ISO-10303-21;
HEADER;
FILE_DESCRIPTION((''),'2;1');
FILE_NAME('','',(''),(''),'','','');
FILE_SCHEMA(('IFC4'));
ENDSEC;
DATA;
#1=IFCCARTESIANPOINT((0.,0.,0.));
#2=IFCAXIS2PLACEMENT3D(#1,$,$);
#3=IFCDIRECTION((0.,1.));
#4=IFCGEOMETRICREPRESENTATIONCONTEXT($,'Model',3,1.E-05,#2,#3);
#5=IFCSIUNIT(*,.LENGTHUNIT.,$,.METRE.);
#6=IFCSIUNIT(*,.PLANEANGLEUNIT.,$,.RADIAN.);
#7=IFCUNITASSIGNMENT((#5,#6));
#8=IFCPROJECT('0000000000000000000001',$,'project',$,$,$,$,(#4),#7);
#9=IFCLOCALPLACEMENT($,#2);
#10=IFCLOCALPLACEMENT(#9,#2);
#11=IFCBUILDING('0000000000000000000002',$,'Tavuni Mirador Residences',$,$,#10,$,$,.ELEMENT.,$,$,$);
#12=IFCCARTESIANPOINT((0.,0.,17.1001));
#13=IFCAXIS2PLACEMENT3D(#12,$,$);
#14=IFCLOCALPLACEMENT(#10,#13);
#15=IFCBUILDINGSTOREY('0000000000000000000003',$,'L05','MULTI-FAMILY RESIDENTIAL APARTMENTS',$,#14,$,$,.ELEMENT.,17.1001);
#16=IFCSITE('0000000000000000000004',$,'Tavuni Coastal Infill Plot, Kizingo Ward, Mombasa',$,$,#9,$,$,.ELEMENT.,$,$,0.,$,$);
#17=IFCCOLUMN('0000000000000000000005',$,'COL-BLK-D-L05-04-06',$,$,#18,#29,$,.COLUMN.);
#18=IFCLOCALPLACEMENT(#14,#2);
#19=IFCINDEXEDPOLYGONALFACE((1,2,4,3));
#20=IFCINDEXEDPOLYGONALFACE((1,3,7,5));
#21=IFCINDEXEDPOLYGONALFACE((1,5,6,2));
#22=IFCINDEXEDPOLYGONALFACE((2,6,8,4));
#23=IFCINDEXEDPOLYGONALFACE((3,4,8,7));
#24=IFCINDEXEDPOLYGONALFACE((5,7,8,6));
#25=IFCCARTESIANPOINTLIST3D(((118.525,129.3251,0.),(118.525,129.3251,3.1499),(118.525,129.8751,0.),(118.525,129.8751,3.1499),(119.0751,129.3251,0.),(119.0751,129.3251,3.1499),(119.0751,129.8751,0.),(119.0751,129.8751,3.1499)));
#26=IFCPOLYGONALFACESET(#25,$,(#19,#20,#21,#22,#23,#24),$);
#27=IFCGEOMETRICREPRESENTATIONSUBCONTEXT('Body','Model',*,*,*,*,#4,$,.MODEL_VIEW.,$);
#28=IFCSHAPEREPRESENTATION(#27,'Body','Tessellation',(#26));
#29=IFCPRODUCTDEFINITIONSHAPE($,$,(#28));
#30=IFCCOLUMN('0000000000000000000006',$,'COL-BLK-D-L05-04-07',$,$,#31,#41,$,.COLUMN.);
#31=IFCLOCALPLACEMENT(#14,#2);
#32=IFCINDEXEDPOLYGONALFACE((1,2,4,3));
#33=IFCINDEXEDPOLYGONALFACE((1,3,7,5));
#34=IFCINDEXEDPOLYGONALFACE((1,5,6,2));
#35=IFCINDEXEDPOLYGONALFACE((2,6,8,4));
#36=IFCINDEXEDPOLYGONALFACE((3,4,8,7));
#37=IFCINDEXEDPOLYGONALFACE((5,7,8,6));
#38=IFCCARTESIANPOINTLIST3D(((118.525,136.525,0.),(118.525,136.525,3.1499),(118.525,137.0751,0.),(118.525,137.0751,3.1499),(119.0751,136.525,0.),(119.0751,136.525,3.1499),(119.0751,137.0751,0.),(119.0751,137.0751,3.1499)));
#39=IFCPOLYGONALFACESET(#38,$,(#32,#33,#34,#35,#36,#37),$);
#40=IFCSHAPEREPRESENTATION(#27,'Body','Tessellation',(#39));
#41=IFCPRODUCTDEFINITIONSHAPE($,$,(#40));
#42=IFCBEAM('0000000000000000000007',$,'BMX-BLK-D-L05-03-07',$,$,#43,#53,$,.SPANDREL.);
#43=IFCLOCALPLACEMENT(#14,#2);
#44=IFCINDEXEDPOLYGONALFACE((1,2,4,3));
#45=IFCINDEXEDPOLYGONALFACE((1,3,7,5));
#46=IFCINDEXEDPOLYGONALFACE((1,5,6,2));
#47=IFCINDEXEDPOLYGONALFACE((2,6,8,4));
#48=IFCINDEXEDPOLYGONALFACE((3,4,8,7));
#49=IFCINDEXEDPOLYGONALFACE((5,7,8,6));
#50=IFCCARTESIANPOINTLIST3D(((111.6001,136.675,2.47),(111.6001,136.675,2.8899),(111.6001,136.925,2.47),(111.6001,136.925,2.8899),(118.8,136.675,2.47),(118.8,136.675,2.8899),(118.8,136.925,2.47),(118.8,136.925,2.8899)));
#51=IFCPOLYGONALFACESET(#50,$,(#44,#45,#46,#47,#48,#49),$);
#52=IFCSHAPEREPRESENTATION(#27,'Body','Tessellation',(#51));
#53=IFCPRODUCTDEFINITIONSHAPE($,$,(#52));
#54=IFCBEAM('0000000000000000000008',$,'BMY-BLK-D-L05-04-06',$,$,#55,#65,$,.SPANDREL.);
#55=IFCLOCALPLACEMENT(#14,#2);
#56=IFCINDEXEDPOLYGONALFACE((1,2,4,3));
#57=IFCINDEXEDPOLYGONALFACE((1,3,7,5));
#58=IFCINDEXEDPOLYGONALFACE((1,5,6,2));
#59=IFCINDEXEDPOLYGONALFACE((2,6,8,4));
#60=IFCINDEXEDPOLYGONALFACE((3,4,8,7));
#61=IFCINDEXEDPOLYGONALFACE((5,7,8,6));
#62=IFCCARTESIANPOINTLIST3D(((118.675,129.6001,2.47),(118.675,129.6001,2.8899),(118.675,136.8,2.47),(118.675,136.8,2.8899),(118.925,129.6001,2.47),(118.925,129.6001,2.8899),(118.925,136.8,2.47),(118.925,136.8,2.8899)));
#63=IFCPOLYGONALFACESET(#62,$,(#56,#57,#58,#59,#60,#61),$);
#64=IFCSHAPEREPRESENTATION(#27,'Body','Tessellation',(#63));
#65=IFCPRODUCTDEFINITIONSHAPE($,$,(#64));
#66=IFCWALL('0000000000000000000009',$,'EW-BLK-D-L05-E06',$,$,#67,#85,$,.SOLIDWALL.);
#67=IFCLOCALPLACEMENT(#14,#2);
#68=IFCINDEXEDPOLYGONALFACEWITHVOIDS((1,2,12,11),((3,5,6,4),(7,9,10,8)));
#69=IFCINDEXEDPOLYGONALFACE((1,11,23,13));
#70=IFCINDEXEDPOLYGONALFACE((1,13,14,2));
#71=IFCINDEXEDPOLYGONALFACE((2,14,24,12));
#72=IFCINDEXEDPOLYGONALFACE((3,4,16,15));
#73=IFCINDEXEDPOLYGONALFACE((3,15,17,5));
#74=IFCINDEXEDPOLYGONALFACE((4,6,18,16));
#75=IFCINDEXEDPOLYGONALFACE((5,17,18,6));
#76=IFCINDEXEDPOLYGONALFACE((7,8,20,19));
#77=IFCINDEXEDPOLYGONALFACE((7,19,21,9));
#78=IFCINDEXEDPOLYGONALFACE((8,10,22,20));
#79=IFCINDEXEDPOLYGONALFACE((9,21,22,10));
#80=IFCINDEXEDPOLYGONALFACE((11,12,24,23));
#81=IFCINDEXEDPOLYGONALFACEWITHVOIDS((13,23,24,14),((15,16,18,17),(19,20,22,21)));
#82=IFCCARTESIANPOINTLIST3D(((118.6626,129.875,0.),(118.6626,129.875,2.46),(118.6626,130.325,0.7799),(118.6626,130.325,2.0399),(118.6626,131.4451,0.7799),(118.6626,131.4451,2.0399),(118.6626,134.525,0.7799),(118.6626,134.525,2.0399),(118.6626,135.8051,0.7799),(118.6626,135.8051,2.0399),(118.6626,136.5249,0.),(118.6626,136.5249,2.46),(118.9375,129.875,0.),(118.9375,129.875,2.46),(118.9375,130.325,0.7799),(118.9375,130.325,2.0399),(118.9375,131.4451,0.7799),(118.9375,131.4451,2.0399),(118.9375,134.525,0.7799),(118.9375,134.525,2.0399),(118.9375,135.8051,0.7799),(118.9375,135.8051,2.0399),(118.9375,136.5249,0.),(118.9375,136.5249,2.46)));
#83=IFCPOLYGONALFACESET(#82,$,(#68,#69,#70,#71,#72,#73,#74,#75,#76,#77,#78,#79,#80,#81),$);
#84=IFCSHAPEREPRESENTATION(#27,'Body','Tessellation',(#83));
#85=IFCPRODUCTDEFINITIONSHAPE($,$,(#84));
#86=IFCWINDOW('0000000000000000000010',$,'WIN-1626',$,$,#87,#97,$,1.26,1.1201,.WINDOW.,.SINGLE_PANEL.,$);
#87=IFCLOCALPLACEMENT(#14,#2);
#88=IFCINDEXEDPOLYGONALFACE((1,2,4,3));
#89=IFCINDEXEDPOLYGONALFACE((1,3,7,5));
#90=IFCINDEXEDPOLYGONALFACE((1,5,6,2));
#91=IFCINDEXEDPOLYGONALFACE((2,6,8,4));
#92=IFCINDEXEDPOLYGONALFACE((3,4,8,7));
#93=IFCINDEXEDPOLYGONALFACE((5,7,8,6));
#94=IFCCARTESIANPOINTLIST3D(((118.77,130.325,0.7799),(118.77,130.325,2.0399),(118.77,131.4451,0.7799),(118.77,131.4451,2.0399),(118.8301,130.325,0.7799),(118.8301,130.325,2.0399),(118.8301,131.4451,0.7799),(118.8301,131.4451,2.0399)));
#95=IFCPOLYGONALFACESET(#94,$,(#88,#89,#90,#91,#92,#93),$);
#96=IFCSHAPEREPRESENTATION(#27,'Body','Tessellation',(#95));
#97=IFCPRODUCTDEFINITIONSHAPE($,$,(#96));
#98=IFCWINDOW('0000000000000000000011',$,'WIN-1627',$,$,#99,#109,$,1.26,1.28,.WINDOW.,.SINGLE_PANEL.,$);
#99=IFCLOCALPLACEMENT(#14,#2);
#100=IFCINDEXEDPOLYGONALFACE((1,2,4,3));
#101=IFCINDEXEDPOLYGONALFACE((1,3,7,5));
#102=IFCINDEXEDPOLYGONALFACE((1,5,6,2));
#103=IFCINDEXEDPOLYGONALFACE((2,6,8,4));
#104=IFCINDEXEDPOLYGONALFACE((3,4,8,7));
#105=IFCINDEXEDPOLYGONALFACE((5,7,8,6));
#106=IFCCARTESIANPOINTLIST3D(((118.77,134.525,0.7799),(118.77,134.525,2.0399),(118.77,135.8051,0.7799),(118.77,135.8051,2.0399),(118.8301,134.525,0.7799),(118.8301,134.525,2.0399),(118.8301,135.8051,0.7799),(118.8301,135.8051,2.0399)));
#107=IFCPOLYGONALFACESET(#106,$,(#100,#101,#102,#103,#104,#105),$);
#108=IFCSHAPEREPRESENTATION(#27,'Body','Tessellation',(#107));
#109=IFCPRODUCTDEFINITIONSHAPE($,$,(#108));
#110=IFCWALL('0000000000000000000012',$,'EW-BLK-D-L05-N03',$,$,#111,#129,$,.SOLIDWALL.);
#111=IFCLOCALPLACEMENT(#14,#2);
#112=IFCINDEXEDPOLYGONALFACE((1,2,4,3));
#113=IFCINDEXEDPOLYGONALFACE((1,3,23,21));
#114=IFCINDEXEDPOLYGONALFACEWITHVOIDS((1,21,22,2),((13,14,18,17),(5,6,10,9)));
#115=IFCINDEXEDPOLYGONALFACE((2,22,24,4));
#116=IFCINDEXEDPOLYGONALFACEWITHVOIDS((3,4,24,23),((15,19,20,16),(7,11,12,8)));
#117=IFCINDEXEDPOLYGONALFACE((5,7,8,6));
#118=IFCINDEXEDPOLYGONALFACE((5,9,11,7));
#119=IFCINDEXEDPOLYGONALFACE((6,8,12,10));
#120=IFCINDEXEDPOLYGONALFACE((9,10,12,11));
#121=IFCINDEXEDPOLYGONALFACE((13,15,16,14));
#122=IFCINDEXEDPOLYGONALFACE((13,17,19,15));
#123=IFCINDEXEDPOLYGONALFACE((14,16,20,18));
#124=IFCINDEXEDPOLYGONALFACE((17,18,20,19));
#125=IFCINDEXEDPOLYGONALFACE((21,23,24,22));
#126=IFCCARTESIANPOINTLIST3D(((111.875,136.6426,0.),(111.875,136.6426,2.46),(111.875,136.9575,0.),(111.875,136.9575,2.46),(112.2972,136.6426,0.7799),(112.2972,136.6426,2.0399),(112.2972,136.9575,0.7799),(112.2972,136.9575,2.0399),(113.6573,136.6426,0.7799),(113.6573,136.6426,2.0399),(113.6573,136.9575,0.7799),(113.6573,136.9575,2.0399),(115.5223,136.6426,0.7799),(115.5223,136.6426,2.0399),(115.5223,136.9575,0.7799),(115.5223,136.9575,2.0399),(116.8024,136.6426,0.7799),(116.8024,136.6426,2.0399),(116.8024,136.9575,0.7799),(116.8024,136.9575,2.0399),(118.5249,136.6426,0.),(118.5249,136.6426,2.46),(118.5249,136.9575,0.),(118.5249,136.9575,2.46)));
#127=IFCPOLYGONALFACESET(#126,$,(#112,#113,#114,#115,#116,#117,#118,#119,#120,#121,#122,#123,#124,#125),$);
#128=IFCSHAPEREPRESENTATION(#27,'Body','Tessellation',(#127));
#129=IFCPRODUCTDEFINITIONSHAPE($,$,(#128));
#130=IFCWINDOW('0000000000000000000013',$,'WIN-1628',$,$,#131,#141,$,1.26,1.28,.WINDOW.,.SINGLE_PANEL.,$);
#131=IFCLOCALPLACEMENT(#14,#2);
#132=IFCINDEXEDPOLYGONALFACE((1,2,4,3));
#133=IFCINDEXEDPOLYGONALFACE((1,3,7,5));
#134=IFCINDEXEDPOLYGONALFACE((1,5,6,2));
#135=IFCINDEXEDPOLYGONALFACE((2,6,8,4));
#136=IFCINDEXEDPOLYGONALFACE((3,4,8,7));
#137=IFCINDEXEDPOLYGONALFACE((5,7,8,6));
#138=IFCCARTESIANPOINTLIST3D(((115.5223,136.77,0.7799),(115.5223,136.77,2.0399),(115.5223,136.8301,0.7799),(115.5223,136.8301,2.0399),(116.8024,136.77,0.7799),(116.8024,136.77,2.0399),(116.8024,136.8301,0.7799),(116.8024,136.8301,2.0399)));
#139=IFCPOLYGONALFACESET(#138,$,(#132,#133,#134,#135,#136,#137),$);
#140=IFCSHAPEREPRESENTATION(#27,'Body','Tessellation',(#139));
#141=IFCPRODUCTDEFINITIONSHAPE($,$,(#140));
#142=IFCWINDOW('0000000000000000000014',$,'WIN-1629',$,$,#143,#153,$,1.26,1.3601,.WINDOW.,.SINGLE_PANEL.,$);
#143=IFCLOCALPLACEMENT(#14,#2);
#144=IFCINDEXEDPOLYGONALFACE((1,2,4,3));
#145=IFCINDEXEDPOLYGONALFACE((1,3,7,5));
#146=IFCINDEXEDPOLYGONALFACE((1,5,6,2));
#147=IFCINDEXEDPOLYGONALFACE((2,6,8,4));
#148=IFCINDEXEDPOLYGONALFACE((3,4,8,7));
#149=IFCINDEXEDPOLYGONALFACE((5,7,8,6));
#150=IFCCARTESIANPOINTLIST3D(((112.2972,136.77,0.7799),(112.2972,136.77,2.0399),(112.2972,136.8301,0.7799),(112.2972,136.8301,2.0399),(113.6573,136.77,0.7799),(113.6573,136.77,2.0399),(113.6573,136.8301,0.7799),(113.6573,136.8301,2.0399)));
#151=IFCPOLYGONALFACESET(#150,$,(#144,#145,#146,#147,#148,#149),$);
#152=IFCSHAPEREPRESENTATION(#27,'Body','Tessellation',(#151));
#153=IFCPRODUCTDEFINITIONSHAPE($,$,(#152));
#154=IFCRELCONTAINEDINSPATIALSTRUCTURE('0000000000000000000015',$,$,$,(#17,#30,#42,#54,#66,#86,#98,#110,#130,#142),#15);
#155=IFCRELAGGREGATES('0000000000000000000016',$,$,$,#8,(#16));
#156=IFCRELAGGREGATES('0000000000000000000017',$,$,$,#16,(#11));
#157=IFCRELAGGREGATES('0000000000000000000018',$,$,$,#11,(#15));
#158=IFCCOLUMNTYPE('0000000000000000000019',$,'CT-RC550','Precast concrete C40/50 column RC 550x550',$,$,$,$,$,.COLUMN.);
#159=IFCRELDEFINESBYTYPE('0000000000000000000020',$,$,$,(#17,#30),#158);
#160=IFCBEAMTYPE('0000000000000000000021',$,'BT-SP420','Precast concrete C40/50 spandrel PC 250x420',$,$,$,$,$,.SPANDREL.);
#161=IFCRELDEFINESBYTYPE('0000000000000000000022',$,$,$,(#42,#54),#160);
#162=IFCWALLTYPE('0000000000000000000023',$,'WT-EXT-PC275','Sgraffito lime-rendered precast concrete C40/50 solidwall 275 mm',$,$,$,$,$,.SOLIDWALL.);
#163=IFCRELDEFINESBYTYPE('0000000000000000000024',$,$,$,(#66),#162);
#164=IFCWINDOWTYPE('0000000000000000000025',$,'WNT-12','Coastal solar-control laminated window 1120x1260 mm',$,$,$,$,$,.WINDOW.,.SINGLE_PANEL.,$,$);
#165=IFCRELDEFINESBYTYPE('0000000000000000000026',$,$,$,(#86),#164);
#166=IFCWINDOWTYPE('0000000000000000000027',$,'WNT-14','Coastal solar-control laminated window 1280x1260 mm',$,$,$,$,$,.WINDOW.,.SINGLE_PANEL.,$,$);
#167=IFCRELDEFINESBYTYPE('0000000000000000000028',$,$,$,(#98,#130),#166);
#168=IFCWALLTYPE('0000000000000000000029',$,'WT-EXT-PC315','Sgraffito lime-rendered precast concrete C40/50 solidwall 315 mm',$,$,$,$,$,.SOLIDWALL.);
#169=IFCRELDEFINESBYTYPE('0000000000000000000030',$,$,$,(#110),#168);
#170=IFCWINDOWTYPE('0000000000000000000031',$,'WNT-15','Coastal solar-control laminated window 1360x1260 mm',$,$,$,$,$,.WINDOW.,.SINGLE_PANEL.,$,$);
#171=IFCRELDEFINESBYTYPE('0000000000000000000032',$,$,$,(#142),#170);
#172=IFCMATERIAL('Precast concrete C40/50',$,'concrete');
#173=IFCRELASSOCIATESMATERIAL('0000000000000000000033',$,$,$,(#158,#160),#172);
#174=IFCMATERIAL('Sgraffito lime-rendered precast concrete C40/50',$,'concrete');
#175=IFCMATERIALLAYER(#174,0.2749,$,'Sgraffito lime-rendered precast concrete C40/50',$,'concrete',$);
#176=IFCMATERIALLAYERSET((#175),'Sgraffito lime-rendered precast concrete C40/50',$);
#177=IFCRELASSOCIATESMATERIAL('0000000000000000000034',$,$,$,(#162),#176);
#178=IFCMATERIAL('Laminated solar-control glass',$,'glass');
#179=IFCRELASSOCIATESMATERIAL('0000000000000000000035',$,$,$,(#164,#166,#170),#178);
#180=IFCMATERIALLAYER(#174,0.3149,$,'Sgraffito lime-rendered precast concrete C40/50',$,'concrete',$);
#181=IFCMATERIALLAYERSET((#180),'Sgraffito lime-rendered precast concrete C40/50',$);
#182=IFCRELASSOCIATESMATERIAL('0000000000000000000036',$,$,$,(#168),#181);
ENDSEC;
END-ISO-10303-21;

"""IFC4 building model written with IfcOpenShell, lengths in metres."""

from ifc_helpers import new_model, si_unit, direction, frame, frame_2d, origin, origin_2d, place, context, subcontext, project, spatial, rectangle, extrude, material, layer, layer_set, material_profile, profile_set, type_object, element, fill, save


model = new_model("IFC4")

# Units and contexts
model_context = context("Model", 3, precision=1e-05, world=origin(), true_north=direction((0.0, 1.0)))
body_context = subcontext(model_context, "Body", "Model", "MODEL_VIEW")
ifc_project = project(units=[si_unit("LENGTHUNIT", "METRE"), si_unit("PLANEANGLEUNIT", "RADIAN")], contexts=[model_context])

# Site, building, storey
site_placement = place(None, origin())
site = spatial("IfcSite", under=ifc_project, at=site_placement, Name="Tavuni Coastal Infill Plot, Kizingo Ward, Mombasa", CompositionType="ELEMENT", RefElevation=0.0)
building_placement = place(site_placement, origin())
building = spatial("IfcBuilding", under=site, at=building_placement, Name="Tavuni Mirador Residences", CompositionType="ELEMENT")
storey_placement = place(building_placement, frame((0.0, 0.0, 17.1001)))
storey = spatial("IfcBuildingStorey", under=building, at=storey_placement, Name="L05", Description="MULTI-FAMILY RESIDENTIAL APARTMENTS", CompositionType="ELEMENT", Elevation=17.1001)

# Columns
ifc_material_1 = material(Name="Precast concrete C40/50", Category="concrete")
ifc_material_profile_1 = material_profile(ifc_material_1, rectangle(XDim=0.55, YDim=0.55, at=origin_2d()), Name="RC 550x550", Category="concrete")
ifc_profile_set_1 = profile_set([ifc_material_profile_1], Name="Precast concrete C40/50")
column_type = type_object("IfcColumnType", Name="CT-RC550", Description="Precast concrete C40/50 column RC 550x550", PredefinedType="COLUMN", material=ifc_profile_set_1)
for number, where, z_axis, x_axis, name in (
    (1, (118.8, 129.6001, 0.0), (0.0, 0.0, 1.0), (1.0, 0.0, 0.0), "COL-BLK-D-L05-04-06"),
    (2, (118.8, 136.8, 0.0), (0.0, 0.0, 1.0), (1.0, 0.0, 0.0), "COL-BLK-D-L05-04-07"),
):
    element("IfcColumn", number, at=place(storey_placement, frame(where, z_axis=z_axis, x_axis=x_axis)), inside=storey, type_object=column_type, Name=name, PredefinedType="COLUMN", context=body_context, shape_type="SweptSolid", body=[
        extrude(rectangle(XDim=0.55, YDim=0.55, at=origin_2d()), origin(), (0.0, 0.0, 1.0), 3.1499),
    ])

# Beams
ifc_material_profile_2 = material_profile(ifc_material_1, rectangle(XDim=0.25, YDim=0.4199, at=origin_2d()), Name="PC 250x420", Category="concrete")
ifc_profile_set_2 = profile_set([ifc_material_profile_2], Name="Precast concrete C40/50")
beam_type = type_object("IfcBeamType", Name="BT-SP420", Description="Precast concrete C40/50 spandrel PC 250x420", PredefinedType="SPANDREL", material=ifc_profile_set_2)
for number, where, z_axis, x_axis, name in (
    (3, (111.6001, 136.8, 2.6799), (1.0, 0.0, 0.0), (0.0, 1.0, 0.0), "BMX-BLK-D-L05-03-07"),
    (4, (118.8, 129.6001, 2.6799), (0.0, 1.0, 0.0), (-1.0, 0.0, 0.0), "BMY-BLK-D-L05-04-06"),
):
    element("IfcBeam", number, at=place(storey_placement, frame(where, z_axis=z_axis, x_axis=x_axis)), inside=storey, type_object=beam_type, Name=name, PredefinedType="SPANDREL", context=body_context, shape_type="SweptSolid", body=[
        extrude(rectangle(XDim=0.25, YDim=0.4199, at=origin_2d()), origin(), (0.0, 0.0, 1.0), 7.2),
    ])

# Walls, openings, windows
ifc_material_2 = material(Name="Sgraffito lime-rendered precast concrete C40/50", Category="concrete")
ifc_layer_1 = layer(ifc_material_2, 0.2749, Name="Sgraffito lime-rendered precast concrete C40/50", Category="concrete")
ifc_layer_set_1 = layer_set([ifc_layer_1], Name="Sgraffito lime-rendered precast concrete C40/50")
wall_type_1 = type_object("IfcWallType", Name="WT-EXT-PC275", Description="Sgraffito lime-rendered precast concrete C40/50 solidwall 275 mm", PredefinedType="SOLIDWALL", material=ifc_layer_set_1)
wall_1_placement = place(storey_placement, frame((118.8, 129.875, 0.0), z_axis=(0.0, 0.0, 1.0), x_axis=(0.0, 1.0, 0.0)))
wall_1 = element("IfcWall", 5, at=wall_1_placement, inside=storey, type_object=wall_type_1, Name="EW-BLK-D-L05-E06", PredefinedType="SOLIDWALL", context=body_context, shape_type="SweptSolid", body=[
    extrude(rectangle(XDim=6.6499, YDim=0.2749, at=frame_2d((3.325, 0.0))), origin(), (0.0, 0.0, 1.0), 2.46),
])
opening_1_placement = place(wall_1_placement, frame((0.45, 0.0, 0.78)))
opening_1 = element("IfcOpeningElement", 6, at=opening_1_placement, cuts=wall_1, PredefinedType="OPENING", context=body_context, shape_type="SweptSolid", body=[
    extrude(rectangle(XDim=1.1201, YDim=1.26, at=frame_2d((0.5601, 0.6299))), frame((0.0, 0.1475, 0.0), z_axis=(0.0, -1.0, 0.0), x_axis=(1.0, 0.0, 0.0)), (0.0, 0.0, 1.0), 0.2949),
])
opening_2_placement = place(wall_1_placement, frame((4.6499, 0.0, 0.78)))
opening_2 = element("IfcOpeningElement", 7, at=opening_2_placement, cuts=wall_1, PredefinedType="OPENING", context=body_context, shape_type="SweptSolid", body=[
    extrude(rectangle(XDim=1.28, YDim=1.26, at=frame_2d((0.6401, 0.6299))), frame((0.0, 0.1475, 0.0), z_axis=(0.0, -1.0, 0.0), x_axis=(1.0, 0.0, 0.0)), (0.0, 0.0, 1.0), 0.2949),
])
ifc_material_3 = material(Name="Laminated solar-control glass", Category="glass")
window_type_1 = type_object("IfcWindowType", Name="WNT-12", Description="Coastal solar-control laminated window 1120x1260 mm", PartitioningType="SINGLE_PANEL", PredefinedType="WINDOW", material=ifc_material_3)
window_1_placement = place(opening_1_placement, origin())
window_1 = element("IfcWindow", 8, at=window_1_placement, inside=storey, type_object=window_type_1, Name="WIN-1626", OverallHeight=1.26, OverallWidth=1.1201, PartitioningType="SINGLE_PANEL", PredefinedType="WINDOW", context=body_context, shape_type="SweptSolid", body=[
    extrude(rectangle(XDim=1.1201, YDim=1.26, at=frame_2d((0.5601, 0.6299))), frame((0.0, 0.03, 0.0), z_axis=(0.0, -1.0, 0.0), x_axis=(1.0, 0.0, 0.0)), (0.0, 0.0, 1.0), 0.0601),
])
fill(opening_1, window_1)
window_type_2 = type_object("IfcWindowType", Name="WNT-14", Description="Coastal solar-control laminated window 1280x1260 mm", PartitioningType="SINGLE_PANEL", PredefinedType="WINDOW", material=ifc_material_3)
window_2_placement = place(opening_2_placement, origin())
window_2 = element("IfcWindow", 9, at=window_2_placement, inside=storey, type_object=window_type_2, Name="WIN-1627", OverallHeight=1.26, OverallWidth=1.28, PartitioningType="SINGLE_PANEL", PredefinedType="WINDOW", context=body_context, shape_type="SweptSolid", body=[
    extrude(rectangle(XDim=1.28, YDim=1.26, at=frame_2d((0.6401, 0.6299))), frame((0.0, 0.03, 0.0), z_axis=(0.0, -1.0, 0.0), x_axis=(1.0, 0.0, 0.0)), (0.0, 0.0, 1.0), 0.0601),
])
fill(opening_2, window_2)
ifc_layer_2 = layer(ifc_material_2, 0.3149, Name="Sgraffito lime-rendered precast concrete C40/50", Category="concrete")
ifc_layer_set_2 = layer_set([ifc_layer_2], Name="Sgraffito lime-rendered precast concrete C40/50")
wall_type_2 = type_object("IfcWallType", Name="WT-EXT-PC315", Description="Sgraffito lime-rendered precast concrete C40/50 solidwall 315 mm", PredefinedType="SOLIDWALL", material=ifc_layer_set_2)
wall_2_placement = place(storey_placement, frame((118.5249, 136.8, 0.0), z_axis=(0.0, 0.0, 1.0), x_axis=(-1.0, 0.0, 0.0)))
wall_2 = element("IfcWall", 10, at=wall_2_placement, inside=storey, type_object=wall_type_2, Name="EW-BLK-D-L05-N03", PredefinedType="SOLIDWALL", context=body_context, shape_type="SweptSolid", body=[
    extrude(rectangle(XDim=6.6499, YDim=0.3149, at=frame_2d((3.325, 0.0))), origin(), (0.0, 0.0, 1.0), 2.46),
])
opening_3_placement = place(wall_2_placement, frame((1.7224, 0.0, 0.78)))
opening_3 = element("IfcOpeningElement", 11, at=opening_3_placement, cuts=wall_2, PredefinedType="OPENING", context=body_context, shape_type="SweptSolid", body=[
    extrude(rectangle(XDim=1.28, YDim=1.26, at=frame_2d((0.6401, 0.6299))), frame((0.0, 0.1675, 0.0), z_axis=(0.0, -1.0, 0.0), x_axis=(1.0, 0.0, 0.0)), (0.0, 0.0, 1.0), 0.335),
])
opening_4_placement = place(wall_2_placement, frame((4.8674, 0.0, 0.78)))
opening_4 = element("IfcOpeningElement", 12, at=opening_4_placement, cuts=wall_2, PredefinedType="OPENING", context=body_context, shape_type="SweptSolid", body=[
    extrude(rectangle(XDim=1.3601, YDim=1.26, at=frame_2d((0.6802, 0.6299))), frame((0.0, 0.1675, 0.0), z_axis=(0.0, -1.0, 0.0), x_axis=(1.0, 0.0, 0.0)), (0.0, 0.0, 1.0), 0.335),
])
window_3_placement = place(opening_3_placement, origin())
window_3 = element("IfcWindow", 13, at=window_3_placement, inside=storey, type_object=window_type_2, Name="WIN-1628", OverallHeight=1.26, OverallWidth=1.28, PartitioningType="SINGLE_PANEL", PredefinedType="WINDOW", context=body_context, shape_type="SweptSolid", body=[
    extrude(rectangle(XDim=1.28, YDim=1.26, at=frame_2d((0.6401, 0.6299))), frame((0.0, 0.03, 0.0), z_axis=(0.0, -1.0, 0.0), x_axis=(1.0, 0.0, 0.0)), (0.0, 0.0, 1.0), 0.0601),
])
fill(opening_3, window_3)
window_type_3 = type_object("IfcWindowType", Name="WNT-15", Description="Coastal solar-control laminated window 1360x1260 mm", PartitioningType="SINGLE_PANEL", PredefinedType="WINDOW", material=ifc_material_3)
window_4_placement = place(opening_4_placement, origin())
window_4 = element("IfcWindow", 14, at=window_4_placement, inside=storey, type_object=window_type_3, Name="WIN-1629", OverallHeight=1.26, OverallWidth=1.3601, PartitioningType="SINGLE_PANEL", PredefinedType="WINDOW", context=body_context, shape_type="SweptSolid", body=[
    extrude(rectangle(XDim=1.3601, YDim=1.26, at=frame_2d((0.6802, 0.6299))), frame((0.0, 0.03, 0.0), z_axis=(0.0, -1.0, 0.0), x_axis=(1.0, 0.0, 0.0)), (0.0, 0.0, 1.0), 0.0601),
])
fill(opening_4, window_4)

save(model, "model.ifc")
